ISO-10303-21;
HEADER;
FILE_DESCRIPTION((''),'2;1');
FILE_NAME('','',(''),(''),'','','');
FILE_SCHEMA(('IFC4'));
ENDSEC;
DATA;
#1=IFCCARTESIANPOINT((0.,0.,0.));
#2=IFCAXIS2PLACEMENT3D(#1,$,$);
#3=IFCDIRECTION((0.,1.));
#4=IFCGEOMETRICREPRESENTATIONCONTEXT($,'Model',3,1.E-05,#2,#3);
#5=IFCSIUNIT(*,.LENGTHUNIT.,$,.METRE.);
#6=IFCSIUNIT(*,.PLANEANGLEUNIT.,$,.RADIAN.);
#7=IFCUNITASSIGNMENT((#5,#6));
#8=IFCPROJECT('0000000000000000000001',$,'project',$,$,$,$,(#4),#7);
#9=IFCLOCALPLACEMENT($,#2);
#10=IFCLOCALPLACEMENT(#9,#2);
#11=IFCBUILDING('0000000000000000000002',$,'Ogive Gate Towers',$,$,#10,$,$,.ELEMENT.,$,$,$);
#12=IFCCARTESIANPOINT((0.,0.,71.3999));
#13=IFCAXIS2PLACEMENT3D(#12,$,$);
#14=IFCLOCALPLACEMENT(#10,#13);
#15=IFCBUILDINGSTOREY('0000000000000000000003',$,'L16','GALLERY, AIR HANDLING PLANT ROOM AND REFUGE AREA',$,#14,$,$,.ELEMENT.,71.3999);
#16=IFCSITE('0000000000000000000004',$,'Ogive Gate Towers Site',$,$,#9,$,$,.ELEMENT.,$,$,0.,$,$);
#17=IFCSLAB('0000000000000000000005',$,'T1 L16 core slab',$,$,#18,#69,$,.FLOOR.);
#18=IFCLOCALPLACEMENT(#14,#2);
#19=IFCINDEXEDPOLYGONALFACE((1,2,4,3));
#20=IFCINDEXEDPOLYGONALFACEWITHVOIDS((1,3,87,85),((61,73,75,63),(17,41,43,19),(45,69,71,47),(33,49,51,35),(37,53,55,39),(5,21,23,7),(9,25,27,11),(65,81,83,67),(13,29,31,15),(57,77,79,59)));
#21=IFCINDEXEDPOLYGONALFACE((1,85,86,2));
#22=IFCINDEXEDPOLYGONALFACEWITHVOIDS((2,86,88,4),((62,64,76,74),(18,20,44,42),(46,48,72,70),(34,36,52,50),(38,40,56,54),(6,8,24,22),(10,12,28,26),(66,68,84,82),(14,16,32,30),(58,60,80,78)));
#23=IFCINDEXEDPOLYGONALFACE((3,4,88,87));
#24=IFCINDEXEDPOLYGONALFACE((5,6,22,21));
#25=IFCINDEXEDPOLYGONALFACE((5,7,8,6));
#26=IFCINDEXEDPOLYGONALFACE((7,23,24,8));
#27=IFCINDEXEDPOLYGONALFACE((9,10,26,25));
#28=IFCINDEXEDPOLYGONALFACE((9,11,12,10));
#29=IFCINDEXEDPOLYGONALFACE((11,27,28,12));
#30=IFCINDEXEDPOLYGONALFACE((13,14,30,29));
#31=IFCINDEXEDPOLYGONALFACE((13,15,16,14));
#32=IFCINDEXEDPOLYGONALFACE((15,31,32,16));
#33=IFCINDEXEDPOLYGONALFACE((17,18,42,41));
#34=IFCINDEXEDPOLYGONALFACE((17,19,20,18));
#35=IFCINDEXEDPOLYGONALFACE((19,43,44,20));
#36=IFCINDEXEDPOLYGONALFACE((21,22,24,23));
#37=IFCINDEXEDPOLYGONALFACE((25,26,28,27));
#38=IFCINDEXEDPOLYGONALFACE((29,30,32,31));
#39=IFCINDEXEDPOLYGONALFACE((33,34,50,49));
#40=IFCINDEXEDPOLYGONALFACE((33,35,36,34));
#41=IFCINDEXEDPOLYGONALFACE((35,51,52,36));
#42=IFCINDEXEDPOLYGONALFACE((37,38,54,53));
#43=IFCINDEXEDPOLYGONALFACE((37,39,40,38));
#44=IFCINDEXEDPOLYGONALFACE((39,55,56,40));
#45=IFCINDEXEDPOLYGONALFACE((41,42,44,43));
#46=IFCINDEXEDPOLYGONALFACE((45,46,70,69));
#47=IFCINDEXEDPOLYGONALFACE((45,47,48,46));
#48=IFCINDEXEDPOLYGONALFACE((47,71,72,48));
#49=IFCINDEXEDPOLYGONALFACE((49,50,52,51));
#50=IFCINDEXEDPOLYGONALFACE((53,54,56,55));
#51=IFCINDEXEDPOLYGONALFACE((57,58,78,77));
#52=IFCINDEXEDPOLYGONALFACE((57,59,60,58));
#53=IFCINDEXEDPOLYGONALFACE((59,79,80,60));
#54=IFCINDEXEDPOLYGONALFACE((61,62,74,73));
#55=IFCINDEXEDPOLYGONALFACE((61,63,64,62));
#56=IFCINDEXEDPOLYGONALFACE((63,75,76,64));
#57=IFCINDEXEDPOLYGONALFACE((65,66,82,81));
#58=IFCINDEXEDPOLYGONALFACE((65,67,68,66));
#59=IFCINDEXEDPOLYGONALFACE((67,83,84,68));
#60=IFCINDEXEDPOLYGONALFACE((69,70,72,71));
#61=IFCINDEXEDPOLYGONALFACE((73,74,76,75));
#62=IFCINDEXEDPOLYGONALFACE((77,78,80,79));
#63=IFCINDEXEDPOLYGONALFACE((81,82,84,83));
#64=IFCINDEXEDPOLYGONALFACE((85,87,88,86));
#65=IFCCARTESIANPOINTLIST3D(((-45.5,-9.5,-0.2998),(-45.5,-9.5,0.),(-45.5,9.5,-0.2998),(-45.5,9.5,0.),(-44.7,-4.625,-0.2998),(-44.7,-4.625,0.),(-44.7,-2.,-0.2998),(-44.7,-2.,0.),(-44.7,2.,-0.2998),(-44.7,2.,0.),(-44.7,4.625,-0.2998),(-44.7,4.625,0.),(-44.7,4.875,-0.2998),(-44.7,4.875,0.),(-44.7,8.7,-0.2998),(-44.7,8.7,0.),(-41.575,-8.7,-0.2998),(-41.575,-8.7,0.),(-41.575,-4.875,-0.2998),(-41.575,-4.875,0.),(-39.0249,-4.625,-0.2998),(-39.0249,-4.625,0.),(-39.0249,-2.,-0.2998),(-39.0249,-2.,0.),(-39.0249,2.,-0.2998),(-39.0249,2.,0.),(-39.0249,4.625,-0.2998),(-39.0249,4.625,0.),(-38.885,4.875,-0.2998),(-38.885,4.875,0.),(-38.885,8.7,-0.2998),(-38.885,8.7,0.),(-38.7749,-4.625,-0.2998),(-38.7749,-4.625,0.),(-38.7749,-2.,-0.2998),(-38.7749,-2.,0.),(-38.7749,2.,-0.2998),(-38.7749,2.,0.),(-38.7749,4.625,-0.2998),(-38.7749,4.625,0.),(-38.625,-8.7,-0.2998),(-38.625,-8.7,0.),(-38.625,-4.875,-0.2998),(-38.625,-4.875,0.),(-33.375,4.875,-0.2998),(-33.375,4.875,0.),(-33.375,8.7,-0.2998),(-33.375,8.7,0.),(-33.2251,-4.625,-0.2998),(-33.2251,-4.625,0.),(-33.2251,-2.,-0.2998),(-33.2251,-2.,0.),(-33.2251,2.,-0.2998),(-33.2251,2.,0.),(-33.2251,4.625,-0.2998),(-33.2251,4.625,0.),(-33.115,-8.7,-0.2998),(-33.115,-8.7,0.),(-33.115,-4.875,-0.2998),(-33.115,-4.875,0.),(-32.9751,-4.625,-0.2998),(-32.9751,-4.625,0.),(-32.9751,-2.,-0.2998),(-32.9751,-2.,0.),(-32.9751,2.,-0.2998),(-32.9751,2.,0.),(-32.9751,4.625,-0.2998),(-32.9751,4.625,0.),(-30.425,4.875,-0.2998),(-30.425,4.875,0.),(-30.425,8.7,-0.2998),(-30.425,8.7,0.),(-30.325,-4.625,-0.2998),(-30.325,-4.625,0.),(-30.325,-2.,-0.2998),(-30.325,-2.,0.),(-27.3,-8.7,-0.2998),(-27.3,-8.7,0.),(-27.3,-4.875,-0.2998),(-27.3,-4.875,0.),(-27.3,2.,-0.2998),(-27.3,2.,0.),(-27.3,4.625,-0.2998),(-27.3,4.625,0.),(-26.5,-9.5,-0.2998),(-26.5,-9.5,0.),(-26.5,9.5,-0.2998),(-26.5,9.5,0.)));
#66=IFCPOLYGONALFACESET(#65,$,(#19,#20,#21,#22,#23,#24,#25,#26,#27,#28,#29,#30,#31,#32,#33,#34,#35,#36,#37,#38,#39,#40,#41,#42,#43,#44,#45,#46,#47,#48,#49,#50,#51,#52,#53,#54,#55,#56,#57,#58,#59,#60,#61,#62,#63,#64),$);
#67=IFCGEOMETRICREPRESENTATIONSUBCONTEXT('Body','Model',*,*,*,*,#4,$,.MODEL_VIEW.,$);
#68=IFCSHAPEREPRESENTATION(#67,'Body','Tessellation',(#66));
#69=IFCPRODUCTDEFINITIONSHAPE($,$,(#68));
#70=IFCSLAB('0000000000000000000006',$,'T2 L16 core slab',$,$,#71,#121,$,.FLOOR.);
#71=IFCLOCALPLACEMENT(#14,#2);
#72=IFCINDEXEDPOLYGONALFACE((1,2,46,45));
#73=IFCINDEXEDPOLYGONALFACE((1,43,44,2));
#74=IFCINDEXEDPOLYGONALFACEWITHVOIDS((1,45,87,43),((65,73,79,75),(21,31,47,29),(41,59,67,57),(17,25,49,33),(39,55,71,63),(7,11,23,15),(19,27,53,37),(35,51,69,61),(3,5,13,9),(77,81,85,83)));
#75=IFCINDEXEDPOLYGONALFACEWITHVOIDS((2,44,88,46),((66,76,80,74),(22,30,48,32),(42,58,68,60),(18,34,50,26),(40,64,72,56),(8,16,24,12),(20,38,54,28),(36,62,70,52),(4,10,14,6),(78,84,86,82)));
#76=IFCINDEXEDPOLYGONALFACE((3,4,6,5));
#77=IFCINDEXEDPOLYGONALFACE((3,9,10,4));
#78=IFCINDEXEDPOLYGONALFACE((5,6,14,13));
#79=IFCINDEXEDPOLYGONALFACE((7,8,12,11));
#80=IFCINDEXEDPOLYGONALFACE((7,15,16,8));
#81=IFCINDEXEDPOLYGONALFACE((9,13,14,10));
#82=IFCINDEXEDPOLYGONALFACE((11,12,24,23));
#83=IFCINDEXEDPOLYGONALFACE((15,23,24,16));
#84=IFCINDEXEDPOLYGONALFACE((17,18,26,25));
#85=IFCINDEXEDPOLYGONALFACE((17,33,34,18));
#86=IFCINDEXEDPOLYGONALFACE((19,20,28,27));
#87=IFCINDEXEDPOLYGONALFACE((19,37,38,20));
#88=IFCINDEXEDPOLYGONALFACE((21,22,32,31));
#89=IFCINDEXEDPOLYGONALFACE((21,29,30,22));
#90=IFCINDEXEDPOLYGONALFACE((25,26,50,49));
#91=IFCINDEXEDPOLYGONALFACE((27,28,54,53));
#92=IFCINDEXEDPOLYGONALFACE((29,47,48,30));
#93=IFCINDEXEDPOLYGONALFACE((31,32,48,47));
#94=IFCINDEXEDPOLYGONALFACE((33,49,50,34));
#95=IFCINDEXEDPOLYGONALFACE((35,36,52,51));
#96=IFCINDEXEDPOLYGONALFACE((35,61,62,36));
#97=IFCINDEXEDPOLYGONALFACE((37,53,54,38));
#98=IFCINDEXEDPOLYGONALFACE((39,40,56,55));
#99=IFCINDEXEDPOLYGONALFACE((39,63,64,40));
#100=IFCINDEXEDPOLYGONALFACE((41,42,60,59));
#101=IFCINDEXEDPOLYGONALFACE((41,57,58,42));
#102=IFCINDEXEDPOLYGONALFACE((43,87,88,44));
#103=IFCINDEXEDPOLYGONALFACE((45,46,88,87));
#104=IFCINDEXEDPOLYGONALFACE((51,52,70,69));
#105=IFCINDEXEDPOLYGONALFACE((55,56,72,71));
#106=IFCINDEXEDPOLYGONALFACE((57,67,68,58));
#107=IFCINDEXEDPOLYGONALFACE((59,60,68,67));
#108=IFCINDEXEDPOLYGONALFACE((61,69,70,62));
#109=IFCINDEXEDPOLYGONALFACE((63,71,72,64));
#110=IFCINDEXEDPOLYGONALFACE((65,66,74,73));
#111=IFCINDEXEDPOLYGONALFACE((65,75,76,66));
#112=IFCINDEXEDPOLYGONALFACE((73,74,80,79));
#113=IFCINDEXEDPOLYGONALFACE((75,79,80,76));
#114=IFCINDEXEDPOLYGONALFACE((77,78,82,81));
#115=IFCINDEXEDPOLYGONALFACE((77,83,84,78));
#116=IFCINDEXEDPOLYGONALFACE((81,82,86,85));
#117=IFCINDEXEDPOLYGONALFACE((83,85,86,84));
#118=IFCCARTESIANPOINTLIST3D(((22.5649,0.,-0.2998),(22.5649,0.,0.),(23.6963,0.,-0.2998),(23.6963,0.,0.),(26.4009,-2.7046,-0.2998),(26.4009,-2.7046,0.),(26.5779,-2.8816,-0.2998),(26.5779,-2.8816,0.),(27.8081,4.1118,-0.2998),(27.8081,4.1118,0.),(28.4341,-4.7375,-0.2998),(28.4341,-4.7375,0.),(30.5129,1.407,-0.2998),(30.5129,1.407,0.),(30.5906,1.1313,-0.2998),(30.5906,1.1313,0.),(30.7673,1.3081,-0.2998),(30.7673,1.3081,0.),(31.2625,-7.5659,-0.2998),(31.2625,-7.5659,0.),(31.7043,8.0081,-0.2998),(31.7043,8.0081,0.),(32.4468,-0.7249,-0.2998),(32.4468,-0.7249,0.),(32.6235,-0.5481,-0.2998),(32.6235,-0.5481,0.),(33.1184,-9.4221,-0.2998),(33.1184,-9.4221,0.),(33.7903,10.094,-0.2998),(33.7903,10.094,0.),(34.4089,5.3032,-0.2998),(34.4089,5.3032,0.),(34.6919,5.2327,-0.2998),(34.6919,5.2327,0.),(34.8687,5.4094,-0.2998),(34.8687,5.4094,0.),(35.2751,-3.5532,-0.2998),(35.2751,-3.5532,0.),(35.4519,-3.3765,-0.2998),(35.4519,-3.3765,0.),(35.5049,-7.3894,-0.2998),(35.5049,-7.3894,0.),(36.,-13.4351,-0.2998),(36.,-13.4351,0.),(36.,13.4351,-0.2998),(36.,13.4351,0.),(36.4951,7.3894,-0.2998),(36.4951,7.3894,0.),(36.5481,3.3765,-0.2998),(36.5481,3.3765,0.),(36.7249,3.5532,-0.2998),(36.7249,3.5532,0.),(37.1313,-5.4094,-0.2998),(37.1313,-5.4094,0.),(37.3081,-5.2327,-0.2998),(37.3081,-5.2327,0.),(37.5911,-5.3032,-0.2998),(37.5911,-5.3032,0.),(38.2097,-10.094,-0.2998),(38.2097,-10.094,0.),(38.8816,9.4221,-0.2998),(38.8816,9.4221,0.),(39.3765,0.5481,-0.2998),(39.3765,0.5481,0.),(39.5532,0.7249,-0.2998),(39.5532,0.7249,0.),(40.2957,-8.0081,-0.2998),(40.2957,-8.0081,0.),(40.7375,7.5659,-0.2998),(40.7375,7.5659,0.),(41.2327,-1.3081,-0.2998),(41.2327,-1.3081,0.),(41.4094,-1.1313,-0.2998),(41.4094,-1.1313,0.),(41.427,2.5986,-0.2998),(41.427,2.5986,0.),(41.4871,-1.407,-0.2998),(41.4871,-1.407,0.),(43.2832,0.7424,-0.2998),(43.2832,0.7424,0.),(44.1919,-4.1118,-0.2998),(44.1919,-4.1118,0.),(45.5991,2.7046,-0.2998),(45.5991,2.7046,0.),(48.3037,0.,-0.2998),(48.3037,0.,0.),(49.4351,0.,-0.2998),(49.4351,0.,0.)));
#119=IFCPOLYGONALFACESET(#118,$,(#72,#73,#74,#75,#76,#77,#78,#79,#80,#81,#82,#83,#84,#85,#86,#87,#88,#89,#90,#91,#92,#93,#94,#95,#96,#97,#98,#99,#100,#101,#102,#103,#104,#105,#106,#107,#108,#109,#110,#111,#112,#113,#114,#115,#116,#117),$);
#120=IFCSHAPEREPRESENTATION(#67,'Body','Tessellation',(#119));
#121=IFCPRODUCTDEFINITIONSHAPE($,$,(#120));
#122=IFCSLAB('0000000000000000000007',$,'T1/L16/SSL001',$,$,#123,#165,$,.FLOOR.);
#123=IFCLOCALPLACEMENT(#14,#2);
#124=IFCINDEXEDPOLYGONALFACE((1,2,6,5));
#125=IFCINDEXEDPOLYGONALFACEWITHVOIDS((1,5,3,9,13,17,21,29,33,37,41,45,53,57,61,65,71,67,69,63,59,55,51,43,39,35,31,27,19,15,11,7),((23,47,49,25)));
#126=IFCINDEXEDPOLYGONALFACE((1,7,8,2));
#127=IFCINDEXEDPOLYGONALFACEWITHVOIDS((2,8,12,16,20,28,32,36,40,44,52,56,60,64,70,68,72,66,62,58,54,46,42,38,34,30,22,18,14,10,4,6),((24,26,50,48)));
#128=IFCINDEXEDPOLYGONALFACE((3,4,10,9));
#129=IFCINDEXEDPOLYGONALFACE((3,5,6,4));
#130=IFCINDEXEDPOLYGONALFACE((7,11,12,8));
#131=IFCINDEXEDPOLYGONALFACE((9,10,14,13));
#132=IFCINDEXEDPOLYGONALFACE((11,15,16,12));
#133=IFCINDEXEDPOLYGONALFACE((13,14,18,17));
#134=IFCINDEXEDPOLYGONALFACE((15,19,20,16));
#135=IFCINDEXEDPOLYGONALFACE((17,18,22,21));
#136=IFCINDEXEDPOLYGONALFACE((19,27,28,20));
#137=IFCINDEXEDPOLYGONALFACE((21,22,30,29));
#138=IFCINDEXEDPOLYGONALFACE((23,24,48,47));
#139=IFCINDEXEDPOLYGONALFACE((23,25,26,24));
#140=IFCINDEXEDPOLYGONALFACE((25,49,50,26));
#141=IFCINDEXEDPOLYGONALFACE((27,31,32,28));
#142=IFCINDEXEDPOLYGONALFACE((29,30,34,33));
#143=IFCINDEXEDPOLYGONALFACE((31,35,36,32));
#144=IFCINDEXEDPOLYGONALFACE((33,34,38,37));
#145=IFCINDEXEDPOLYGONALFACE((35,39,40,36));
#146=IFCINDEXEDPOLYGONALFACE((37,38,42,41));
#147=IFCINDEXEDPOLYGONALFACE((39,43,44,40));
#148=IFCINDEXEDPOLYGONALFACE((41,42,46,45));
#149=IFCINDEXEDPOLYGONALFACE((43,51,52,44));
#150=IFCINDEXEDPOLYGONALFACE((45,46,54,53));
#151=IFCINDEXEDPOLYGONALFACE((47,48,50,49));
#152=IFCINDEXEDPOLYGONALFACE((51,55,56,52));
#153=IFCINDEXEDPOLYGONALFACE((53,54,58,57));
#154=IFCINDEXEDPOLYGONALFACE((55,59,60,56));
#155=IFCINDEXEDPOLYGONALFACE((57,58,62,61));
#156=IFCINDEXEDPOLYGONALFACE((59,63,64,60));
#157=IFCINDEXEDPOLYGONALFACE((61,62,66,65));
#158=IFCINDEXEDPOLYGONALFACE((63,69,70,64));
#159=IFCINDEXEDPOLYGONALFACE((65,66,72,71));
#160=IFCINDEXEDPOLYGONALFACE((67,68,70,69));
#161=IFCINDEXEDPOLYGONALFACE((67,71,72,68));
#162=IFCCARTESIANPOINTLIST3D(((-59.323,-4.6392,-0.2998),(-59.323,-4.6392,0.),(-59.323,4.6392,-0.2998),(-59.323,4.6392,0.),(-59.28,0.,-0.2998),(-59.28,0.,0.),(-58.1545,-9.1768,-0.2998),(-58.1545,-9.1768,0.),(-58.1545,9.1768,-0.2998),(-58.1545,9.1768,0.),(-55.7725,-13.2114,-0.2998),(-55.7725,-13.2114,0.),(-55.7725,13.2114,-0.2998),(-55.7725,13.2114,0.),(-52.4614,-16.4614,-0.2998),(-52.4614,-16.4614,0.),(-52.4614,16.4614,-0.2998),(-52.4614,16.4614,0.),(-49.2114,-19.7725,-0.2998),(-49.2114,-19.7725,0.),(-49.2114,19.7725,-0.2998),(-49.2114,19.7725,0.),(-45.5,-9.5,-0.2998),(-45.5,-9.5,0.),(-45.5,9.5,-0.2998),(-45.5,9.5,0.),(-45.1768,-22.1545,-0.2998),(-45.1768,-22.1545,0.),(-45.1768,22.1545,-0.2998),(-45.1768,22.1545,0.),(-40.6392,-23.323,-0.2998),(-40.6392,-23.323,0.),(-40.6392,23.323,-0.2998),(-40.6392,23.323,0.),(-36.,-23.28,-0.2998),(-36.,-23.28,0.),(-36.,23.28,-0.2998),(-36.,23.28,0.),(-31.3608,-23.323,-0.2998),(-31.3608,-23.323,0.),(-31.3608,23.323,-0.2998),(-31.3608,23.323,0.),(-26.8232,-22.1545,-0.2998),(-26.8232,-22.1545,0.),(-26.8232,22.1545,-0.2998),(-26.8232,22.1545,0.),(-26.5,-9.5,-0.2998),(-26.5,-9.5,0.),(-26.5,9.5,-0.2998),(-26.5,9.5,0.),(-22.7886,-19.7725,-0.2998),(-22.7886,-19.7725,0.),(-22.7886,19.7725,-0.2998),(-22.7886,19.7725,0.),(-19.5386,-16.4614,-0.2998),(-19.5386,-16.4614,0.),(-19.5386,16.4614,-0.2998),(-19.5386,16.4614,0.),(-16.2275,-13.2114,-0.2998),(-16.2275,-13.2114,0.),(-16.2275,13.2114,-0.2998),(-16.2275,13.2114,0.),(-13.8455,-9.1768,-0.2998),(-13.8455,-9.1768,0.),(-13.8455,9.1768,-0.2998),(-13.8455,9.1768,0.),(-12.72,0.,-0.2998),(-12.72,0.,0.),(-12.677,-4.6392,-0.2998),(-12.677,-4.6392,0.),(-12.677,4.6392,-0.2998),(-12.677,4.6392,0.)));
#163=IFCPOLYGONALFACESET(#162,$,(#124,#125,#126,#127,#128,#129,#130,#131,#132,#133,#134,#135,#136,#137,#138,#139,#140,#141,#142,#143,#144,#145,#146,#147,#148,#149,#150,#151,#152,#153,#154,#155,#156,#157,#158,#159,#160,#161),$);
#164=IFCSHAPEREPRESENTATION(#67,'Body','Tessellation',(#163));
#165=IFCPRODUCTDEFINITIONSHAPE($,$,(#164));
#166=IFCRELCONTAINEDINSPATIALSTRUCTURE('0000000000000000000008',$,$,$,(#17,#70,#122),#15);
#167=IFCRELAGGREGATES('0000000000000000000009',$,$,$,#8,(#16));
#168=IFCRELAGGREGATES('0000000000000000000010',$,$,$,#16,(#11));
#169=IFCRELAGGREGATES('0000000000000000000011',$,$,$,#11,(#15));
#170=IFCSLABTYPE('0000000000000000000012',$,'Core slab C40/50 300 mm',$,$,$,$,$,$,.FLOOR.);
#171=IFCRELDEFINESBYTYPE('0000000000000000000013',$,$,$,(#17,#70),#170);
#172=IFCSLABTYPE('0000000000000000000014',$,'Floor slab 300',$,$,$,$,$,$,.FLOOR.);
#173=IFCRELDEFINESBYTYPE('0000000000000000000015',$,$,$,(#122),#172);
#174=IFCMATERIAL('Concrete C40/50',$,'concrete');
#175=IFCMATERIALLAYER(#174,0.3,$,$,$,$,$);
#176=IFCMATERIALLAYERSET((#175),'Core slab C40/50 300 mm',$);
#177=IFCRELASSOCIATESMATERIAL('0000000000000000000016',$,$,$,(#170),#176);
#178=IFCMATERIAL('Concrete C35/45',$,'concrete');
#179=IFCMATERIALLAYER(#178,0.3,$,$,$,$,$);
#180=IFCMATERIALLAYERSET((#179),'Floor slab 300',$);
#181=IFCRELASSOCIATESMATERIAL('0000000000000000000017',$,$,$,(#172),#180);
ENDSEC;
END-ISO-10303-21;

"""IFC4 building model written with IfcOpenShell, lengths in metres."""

from ifc_helpers import new_model, si_unit, direction, frame, origin, place, context, subcontext, project, spatial, polyline, outline, extrude, material, layer, layer_set, type_object, element, save


model = new_model("IFC4")

# Units and contexts
model_context = context("Model", 3, precision=1e-05, world=origin(), true_north=direction((0.0, 1.0)))
body_context = subcontext(model_context, "Body", "Model", "MODEL_VIEW")
ifc_project = project(units=[si_unit("LENGTHUNIT", "METRE"), si_unit("PLANEANGLEUNIT", "RADIAN")], contexts=[model_context])

# Site, building, storey
site_placement = place(None, origin())
site = spatial("IfcSite", under=ifc_project, at=site_placement, Name="Ogive Gate Towers Site", CompositionType="ELEMENT", RefElevation=0.0)
building_placement = place(site_placement, origin())
building = spatial("IfcBuilding", under=site, at=building_placement, Name="Ogive Gate Towers", CompositionType="ELEMENT")
storey_placement = place(building_placement, frame((0.0, 0.0, 71.3999)))
storey = spatial("IfcBuildingStorey", under=building, at=storey_placement, Name="L16", Description="GALLERY, AIR HANDLING PLANT ROOM AND REFUGE AREA", CompositionType="ELEMENT", Elevation=71.3999)

# Slabs
ifc_material_1 = material(Name="Concrete C40/50", Category="concrete")
ifc_layer_1 = layer(ifc_material_1, 0.3)
ifc_layer_set_1 = layer_set([ifc_layer_1], Name="Core slab C40/50 300 mm")
slab_type_1 = type_object("IfcSlabType", Name="Core slab C40/50 300 mm", PredefinedType="FLOOR", material=ifc_layer_set_1)
slab_1_placement = place(storey_placement, frame((0.0, 0.0, -0.2998)))
element("IfcSlab", 1, at=slab_1_placement, inside=storey, type_object=slab_type_1, Name="T1 L16 core slab", PredefinedType="FLOOR", context=body_context, shape_type="SweptSolid", body=[
    extrude(outline(polyline([(-26.5, 9.5), (-26.5, -9.5), (-45.5, -9.5), (-45.5, 9.5), (-26.5, 9.5)]), holes=[polyline([(-39.0249, 4.625), (-44.7, 4.625), (-44.7, 2.0), (-39.0249, 2.0), (-39.0249, 4.625)]), polyline([(-33.2251, 2.0), (-33.2251, 4.625), (-38.7749, 4.625), (-38.7749, 2.0), (-33.2251, 2.0)]), polyline([(-32.9751, 2.0), (-27.3, 2.0), (-27.3, 4.625), (-32.9751, 4.625), (-32.9751, 2.0)]), polyline([(-44.7, -2.0), (-44.7, -4.625), (-39.0249, -4.625), (-39.0249, -2.0), (-44.7, -2.0)]), polyline([(-33.2251, -2.0), (-38.7749, -2.0), (-38.7749, -4.625), (-33.2251, -4.625), (-33.2251, -2.0)]), polyline([(-30.325, -4.625), (-30.325, -2.0), (-32.9751, -2.0), (-32.9751, -4.625), (-30.325, -4.625)]), polyline([(-33.375, 4.875), (-30.425, 4.875), (-30.425, 8.7), (-33.375, 8.7), (-33.375, 4.875)]), polyline([(-41.575, -4.875), (-41.575, -8.7), (-38.625, -8.7), (-38.625, -4.875), (-41.575, -4.875)]), polyline([(-44.7, 4.875), (-38.885, 4.875), (-38.885, 8.7), (-44.7, 8.7), (-44.7, 4.875)]), polyline([(-27.3, -8.7), (-27.3, -4.875), (-33.115, -4.875), (-33.115, -8.7), (-27.3, -8.7)])]), origin(), (0.0, 0.0, 1.0), 0.2998),
])
slab_2_placement = place(storey_placement, frame((0.0, 0.0, -0.2998)))
element("IfcSlab", 2, at=slab_2_placement, inside=storey, type_object=slab_type_1, Name="T2 L16 core slab", PredefinedType="FLOOR", context=body_context, shape_type="SweptSolid", body=[
    extrude(outline(polyline([(36.0, 13.4351), (49.4351, 0.0), (36.0, -13.4351), (22.5649, 0.0), (36.0, 13.4351)]), holes=[polyline([(30.5906, 1.1313), (26.5779, -2.8816), (28.4341, -4.7375), (32.4468, -0.7249), (30.5906, 1.1313)]), polyline([(36.5481, 3.3765), (34.6919, 5.2327), (30.7673, 1.3081), (32.6235, -0.5481), (36.5481, 3.3765)]), polyline([(36.7249, 3.5532), (40.7375, 7.5659), (38.8816, 9.4221), (34.8687, 5.4094), (36.7249, 3.5532)]), polyline([(31.2625, -7.5659), (33.1184, -9.4221), (37.1313, -5.4094), (35.2751, -3.5532), (31.2625, -7.5659)]), polyline([(39.3765, 0.5481), (35.4519, -3.3765), (37.3081, -5.2327), (41.2327, -1.3081), (39.3765, 0.5481)]), polyline([(43.2832, 0.7424), (41.427, 2.5986), (39.5532, 0.7249), (41.4094, -1.1313), (43.2832, 0.7424)]), polyline([(34.4089, 5.3032), (36.4951, 7.3894), (33.7903, 10.094), (31.7043, 8.0081), (34.4089, 5.3032)]), polyline([(35.5049, -7.3894), (38.2097, -10.094), (40.2957, -8.0081), (37.5911, -5.3032), (35.5049, -7.3894)]), polyline([(26.4009, -2.7046), (30.5129, 1.407), (27.8081, 4.1118), (23.6963, 0.0), (26.4009, -2.7046)]), polyline([(48.3037, 0.0), (45.5991, 2.7046), (41.4871, -1.407), (44.1919, -4.1118), (48.3037, 0.0)])]), origin(), (0.0, 0.0, 1.0), 0.2998),
])
ifc_material_2 = material(Name="Concrete C35/45", Category="concrete")
ifc_layer_2 = layer(ifc_material_2, 0.3)
ifc_layer_set_2 = layer_set([ifc_layer_2], Name="Floor slab 300")
slab_type_2 = type_object("IfcSlabType", Name="Floor slab 300", PredefinedType="FLOOR", material=ifc_layer_set_2)
slab_3_placement = place(storey_placement, frame((0.0, 0.0, -0.2998)))
element("IfcSlab", 3, at=slab_3_placement, inside=storey, type_object=slab_type_2, Name="T1/L16/SSL001", PredefinedType="FLOOR", context=body_context, shape_type="SweptSolid", body=[
    extrude(outline(polyline([(-12.677, -4.6392), (-12.72, 0.0), (-12.677, 4.6392), (-13.8455, 9.1768), (-16.2275, 13.2114), (-19.5386, 16.4614), (-22.7886, 19.7725), (-26.8232, 22.1545), (-31.3608, 23.323), (-36.0, 23.28), (-40.6392, 23.323), (-45.1768, 22.1545), (-49.2114, 19.7725), (-52.4614, 16.4614), (-55.7725, 13.2114), (-58.1545, 9.1768), (-59.323, 4.6392), (-59.28, 0.0), (-59.323, -4.6392), (-58.1545, -9.1768), (-55.7725, -13.2114), (-52.4614, -16.4614), (-49.2114, -19.7725), (-45.1768, -22.1545), (-40.6392, -23.323), (-36.0, -23.28), (-31.3608, -23.323), (-26.8232, -22.1545), (-22.7886, -19.7725), (-19.5386, -16.4614), (-16.2275, -13.2114), (-13.8455, -9.1768), (-12.677, -4.6392)]), holes=[polyline([(-26.5, -9.5), (-45.5, -9.5), (-45.5, 9.5), (-26.5, 9.5), (-26.5, -9.5)])]), origin(), (0.0, 0.0, 1.0), 0.2998),
])

save(model, "model.ifc")
